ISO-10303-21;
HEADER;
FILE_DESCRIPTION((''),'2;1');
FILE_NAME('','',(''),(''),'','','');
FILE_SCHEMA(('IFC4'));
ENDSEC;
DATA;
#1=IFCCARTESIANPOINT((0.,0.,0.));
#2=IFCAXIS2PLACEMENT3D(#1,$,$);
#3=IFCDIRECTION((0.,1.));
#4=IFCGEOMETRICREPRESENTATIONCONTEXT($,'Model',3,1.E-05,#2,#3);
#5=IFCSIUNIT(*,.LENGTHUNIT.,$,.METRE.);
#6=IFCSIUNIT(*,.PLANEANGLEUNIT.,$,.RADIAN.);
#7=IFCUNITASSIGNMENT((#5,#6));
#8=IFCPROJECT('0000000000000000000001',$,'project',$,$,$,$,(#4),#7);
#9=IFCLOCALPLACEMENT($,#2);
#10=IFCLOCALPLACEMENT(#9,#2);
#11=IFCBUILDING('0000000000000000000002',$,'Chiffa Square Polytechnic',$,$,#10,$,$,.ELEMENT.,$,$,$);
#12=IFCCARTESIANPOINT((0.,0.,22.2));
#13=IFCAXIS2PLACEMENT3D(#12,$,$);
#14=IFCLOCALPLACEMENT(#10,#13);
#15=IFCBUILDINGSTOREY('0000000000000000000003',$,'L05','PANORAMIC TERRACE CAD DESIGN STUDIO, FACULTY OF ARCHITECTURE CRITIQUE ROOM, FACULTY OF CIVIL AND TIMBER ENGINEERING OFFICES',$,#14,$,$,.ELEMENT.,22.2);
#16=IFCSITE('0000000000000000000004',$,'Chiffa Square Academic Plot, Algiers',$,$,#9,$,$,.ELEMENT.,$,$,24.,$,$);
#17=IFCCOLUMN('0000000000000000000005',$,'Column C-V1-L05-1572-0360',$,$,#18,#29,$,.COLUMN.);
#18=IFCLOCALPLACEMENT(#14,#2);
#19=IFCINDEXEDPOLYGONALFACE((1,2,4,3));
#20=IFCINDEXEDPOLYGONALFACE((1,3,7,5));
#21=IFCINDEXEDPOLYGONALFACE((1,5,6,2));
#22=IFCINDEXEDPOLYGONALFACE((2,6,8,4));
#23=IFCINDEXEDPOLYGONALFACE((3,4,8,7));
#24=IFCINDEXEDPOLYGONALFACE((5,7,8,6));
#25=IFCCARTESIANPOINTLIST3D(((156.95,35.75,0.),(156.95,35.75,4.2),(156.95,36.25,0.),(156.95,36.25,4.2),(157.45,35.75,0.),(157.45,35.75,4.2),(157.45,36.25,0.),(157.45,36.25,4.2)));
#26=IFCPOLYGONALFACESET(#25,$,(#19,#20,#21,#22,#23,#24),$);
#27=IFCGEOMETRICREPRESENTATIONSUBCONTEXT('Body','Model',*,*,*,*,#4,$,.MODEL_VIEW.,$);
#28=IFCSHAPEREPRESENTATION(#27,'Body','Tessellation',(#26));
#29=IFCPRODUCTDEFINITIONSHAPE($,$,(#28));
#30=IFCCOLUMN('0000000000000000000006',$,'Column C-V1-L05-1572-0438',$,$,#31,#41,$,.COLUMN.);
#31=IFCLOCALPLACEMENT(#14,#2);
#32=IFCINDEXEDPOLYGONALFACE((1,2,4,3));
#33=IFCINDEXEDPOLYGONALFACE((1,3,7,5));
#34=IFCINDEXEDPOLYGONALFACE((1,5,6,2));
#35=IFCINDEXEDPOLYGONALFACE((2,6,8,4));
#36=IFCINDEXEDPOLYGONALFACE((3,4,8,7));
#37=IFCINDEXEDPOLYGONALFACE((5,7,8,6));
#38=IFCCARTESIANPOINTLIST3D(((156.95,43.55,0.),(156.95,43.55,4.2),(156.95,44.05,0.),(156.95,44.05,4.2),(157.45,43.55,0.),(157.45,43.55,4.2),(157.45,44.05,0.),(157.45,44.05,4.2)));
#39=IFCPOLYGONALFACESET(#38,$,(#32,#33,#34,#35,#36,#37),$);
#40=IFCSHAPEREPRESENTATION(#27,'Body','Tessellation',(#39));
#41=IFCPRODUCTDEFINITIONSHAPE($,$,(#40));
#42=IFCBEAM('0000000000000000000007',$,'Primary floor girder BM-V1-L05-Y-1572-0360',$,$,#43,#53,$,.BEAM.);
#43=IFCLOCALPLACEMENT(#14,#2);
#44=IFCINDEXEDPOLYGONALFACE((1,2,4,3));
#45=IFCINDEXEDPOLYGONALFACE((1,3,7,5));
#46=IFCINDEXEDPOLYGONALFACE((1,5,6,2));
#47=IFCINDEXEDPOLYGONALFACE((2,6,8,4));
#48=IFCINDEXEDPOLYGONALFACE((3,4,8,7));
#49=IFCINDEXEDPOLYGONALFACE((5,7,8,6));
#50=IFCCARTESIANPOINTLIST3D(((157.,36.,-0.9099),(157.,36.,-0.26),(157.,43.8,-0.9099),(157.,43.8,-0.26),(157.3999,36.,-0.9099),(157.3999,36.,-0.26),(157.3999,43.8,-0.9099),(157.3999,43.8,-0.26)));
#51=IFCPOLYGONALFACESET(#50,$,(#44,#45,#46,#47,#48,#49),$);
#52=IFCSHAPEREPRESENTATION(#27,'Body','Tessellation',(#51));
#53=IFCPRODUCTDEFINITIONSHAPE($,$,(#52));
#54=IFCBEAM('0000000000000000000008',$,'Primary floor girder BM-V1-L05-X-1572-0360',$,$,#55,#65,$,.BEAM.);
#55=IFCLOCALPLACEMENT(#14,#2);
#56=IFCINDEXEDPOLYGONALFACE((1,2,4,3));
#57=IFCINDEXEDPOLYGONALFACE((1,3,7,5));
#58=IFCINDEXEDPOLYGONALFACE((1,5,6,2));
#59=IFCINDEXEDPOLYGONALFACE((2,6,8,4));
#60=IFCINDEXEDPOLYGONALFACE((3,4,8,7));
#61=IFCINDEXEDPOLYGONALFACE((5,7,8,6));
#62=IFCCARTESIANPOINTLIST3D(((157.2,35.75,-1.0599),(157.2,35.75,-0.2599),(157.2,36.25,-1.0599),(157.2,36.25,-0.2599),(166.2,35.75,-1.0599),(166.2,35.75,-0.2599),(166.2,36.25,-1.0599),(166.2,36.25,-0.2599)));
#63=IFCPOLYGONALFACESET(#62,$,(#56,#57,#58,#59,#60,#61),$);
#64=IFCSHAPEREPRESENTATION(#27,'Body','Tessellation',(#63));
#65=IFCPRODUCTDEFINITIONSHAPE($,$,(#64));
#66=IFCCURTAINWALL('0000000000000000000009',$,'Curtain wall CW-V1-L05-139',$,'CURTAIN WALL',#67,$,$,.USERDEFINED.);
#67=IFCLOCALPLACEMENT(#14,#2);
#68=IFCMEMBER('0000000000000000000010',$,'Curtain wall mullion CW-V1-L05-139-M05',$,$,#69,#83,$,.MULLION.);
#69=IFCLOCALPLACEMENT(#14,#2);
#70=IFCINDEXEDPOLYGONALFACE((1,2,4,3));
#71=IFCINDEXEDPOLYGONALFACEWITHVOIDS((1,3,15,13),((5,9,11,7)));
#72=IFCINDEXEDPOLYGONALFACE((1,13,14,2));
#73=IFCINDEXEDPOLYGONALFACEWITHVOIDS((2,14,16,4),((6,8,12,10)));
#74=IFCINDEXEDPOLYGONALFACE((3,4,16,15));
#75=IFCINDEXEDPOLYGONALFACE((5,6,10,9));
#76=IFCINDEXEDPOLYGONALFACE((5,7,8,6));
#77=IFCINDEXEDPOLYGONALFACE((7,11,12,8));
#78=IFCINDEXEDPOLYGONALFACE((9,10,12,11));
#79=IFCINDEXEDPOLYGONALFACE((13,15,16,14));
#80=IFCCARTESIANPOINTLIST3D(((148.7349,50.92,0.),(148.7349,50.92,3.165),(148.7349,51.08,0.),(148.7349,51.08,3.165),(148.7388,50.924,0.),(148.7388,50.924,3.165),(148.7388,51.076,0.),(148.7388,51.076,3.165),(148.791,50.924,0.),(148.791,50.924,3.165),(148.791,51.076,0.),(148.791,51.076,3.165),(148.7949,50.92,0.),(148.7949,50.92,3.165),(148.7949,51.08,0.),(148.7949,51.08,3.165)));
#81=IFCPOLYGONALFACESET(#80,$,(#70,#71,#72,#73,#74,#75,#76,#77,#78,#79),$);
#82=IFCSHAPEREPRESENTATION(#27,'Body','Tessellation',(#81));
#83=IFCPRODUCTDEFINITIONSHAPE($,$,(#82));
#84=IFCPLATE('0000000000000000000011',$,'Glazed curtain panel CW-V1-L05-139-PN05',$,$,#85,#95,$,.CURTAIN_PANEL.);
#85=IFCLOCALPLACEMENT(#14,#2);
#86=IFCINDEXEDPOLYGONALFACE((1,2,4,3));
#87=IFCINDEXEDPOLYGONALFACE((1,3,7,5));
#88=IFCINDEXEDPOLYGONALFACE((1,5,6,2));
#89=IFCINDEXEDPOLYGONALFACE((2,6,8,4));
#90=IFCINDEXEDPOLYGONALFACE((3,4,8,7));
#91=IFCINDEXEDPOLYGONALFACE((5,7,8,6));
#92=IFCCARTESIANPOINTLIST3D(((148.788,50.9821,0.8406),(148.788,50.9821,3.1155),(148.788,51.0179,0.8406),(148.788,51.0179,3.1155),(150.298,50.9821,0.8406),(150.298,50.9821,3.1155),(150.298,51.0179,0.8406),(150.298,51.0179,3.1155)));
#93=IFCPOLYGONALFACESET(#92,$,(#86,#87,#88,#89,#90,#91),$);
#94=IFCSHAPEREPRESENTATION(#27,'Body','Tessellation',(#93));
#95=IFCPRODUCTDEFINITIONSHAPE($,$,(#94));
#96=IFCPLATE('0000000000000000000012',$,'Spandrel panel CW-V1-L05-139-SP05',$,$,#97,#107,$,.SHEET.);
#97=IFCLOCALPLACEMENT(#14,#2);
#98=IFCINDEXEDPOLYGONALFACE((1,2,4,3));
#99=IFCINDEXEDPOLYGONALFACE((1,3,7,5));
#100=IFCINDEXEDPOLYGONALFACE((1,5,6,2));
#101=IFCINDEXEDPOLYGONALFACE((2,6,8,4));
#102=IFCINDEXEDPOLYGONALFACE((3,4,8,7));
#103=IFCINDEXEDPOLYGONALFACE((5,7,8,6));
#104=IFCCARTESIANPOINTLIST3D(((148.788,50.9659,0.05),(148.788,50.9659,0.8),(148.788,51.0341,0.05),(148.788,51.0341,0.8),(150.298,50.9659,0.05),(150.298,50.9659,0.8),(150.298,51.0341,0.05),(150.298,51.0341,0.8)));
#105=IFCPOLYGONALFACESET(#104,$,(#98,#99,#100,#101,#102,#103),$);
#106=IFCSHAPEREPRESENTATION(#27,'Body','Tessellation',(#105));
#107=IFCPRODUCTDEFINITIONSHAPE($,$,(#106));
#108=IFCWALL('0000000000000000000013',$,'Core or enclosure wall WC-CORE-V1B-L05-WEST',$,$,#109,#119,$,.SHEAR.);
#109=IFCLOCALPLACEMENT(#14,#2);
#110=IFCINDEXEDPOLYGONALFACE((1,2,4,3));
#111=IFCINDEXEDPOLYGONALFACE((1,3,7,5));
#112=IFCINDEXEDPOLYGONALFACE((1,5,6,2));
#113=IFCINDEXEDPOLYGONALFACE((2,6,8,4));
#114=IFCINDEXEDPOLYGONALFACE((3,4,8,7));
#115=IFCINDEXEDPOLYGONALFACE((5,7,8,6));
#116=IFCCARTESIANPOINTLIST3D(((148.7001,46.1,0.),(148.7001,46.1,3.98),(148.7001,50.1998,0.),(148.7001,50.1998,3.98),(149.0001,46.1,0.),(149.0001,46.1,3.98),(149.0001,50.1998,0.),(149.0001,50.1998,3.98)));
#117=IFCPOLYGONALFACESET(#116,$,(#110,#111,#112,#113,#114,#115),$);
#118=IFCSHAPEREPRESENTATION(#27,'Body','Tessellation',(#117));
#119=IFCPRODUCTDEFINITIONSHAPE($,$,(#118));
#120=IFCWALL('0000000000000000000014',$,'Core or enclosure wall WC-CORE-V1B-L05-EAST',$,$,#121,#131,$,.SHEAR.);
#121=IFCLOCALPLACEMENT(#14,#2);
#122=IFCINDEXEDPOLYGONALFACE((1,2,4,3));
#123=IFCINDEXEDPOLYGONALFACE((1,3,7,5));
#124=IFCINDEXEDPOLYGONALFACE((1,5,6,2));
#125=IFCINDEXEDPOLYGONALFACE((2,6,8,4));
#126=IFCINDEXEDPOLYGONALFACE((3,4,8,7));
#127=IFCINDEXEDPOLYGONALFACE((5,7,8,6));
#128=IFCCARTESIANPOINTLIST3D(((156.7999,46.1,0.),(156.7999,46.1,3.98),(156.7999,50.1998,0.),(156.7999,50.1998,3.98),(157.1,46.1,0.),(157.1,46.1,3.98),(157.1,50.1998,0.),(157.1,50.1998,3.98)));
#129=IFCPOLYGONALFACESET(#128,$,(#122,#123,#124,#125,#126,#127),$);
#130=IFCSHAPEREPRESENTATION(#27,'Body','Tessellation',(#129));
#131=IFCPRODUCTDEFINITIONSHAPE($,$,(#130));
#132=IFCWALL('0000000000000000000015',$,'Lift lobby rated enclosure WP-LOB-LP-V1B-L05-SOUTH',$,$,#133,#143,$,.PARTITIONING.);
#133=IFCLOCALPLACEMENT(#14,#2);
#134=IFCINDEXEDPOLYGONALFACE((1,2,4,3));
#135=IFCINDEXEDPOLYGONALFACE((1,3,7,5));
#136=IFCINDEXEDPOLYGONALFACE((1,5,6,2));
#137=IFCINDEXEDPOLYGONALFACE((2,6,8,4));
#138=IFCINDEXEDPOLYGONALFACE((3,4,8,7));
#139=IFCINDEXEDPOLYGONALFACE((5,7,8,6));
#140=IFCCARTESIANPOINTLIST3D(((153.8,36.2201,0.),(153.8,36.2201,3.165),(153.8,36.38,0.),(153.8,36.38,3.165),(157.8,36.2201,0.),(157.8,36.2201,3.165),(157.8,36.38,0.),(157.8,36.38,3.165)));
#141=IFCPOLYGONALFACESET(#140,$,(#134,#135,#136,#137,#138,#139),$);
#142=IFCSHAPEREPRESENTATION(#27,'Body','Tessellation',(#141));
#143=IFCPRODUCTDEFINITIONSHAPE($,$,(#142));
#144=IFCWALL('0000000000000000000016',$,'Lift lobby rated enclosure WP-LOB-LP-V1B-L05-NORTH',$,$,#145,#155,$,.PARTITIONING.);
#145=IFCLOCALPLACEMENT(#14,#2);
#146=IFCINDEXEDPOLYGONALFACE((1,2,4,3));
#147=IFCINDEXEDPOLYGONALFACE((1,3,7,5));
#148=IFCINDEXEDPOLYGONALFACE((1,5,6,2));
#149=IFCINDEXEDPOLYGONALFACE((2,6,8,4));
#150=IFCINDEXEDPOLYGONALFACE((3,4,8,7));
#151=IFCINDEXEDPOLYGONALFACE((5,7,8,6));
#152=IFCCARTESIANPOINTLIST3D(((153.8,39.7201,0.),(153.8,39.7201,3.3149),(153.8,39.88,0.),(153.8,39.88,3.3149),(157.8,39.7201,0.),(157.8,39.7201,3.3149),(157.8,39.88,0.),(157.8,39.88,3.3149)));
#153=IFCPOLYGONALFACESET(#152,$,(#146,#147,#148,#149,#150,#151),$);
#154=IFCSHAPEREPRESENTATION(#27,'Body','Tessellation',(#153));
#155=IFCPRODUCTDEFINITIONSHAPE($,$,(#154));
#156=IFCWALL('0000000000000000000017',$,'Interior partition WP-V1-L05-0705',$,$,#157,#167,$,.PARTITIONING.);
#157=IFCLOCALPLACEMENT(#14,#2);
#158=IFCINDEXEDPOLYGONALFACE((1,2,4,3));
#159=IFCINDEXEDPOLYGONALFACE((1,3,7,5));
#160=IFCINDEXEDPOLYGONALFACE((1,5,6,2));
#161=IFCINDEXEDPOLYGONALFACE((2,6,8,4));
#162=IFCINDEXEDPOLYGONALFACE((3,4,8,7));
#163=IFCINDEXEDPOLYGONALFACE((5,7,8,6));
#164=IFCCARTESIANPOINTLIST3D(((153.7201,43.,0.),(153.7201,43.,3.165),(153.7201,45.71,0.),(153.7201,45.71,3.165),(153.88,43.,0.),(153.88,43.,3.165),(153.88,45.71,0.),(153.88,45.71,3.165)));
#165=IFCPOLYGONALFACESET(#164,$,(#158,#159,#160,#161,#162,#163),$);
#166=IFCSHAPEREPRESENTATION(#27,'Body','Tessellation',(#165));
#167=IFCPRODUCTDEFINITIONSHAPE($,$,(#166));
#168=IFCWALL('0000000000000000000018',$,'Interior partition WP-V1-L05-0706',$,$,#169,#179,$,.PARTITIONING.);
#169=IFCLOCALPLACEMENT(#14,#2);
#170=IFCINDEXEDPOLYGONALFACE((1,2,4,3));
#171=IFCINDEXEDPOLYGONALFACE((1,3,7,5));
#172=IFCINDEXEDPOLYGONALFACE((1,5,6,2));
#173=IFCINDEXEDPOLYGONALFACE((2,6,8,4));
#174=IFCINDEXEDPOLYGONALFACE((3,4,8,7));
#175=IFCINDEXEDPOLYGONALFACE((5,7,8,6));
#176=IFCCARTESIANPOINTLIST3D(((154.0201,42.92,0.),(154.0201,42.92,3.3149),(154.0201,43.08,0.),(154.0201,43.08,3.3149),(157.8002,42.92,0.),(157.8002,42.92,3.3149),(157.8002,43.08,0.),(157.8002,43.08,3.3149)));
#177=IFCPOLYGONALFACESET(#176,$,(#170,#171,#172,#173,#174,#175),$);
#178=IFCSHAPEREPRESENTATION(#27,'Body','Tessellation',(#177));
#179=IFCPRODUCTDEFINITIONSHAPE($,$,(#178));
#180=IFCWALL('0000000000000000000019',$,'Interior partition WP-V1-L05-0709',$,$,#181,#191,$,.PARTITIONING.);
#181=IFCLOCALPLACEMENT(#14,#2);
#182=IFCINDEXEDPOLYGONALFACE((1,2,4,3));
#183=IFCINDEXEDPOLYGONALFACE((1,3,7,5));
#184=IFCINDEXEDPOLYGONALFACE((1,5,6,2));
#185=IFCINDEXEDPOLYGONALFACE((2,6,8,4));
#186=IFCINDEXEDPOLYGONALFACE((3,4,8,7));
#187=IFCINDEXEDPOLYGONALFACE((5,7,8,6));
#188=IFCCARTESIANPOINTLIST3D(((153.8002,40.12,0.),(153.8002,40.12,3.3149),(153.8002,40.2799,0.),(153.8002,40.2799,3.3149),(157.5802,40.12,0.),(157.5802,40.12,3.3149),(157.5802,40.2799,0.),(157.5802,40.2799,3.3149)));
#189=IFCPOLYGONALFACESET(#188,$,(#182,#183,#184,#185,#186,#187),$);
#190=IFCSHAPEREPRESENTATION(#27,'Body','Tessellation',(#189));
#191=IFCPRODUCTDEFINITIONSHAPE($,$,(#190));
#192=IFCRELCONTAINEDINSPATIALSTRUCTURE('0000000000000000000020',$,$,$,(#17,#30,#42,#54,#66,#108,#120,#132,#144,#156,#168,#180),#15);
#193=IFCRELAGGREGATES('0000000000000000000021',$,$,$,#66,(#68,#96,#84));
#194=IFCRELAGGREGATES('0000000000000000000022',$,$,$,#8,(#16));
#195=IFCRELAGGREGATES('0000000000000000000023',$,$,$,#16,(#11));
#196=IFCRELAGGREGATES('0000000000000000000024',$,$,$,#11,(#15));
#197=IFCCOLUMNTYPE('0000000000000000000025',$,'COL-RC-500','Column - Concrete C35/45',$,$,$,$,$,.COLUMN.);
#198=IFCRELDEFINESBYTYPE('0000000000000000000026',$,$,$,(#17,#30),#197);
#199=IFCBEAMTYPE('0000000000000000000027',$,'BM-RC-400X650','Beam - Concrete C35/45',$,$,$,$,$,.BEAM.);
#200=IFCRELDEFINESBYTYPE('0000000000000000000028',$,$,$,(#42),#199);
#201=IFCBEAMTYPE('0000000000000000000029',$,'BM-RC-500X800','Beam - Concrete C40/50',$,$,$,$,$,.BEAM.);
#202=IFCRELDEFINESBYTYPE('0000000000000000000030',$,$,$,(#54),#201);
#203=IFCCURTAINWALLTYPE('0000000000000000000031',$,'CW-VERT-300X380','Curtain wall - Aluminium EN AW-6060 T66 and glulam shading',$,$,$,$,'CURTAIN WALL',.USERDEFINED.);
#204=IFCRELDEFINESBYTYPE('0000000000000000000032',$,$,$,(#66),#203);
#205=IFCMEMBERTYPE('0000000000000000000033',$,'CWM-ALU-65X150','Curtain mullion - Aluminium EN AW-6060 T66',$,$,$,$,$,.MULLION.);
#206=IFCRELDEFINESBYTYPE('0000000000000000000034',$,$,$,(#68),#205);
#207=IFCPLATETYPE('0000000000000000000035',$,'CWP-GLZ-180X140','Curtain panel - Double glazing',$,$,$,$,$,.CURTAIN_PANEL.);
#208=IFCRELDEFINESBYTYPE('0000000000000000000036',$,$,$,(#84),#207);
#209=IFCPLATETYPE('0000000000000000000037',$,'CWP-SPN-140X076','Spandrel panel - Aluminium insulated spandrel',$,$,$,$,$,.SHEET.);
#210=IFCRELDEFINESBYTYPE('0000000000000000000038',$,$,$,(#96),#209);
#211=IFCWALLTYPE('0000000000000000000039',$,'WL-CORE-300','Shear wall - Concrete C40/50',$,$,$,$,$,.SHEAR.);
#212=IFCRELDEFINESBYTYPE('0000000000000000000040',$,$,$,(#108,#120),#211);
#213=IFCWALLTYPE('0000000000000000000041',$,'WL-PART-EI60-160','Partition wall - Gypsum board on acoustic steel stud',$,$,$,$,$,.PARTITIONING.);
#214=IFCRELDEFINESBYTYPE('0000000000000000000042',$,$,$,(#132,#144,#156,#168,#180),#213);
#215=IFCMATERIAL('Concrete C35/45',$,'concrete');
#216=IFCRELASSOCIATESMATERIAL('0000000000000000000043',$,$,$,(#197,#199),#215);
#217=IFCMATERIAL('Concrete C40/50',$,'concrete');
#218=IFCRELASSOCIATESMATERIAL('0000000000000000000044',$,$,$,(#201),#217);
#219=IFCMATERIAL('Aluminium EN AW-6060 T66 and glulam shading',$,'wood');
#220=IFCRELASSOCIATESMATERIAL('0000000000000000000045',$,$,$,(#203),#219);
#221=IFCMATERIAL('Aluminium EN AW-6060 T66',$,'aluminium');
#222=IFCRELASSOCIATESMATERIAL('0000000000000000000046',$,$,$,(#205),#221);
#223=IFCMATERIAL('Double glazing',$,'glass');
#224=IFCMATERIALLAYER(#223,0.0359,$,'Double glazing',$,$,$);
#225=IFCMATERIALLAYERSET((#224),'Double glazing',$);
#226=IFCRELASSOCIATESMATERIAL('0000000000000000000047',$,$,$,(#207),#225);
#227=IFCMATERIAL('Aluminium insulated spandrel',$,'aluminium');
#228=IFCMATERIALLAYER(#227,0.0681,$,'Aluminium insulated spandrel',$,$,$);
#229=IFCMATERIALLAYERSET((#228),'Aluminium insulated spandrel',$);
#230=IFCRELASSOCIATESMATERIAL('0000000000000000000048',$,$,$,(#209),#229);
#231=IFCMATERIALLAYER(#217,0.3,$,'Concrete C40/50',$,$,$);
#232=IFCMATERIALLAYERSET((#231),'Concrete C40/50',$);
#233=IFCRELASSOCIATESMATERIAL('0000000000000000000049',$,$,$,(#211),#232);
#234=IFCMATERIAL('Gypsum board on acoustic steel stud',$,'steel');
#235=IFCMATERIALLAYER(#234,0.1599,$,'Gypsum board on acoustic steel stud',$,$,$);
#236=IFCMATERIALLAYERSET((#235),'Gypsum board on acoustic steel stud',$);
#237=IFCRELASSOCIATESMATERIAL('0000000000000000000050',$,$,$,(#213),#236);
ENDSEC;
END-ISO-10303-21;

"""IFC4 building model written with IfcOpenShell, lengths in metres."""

from ifc_helpers import new_model, si_unit, direction, frame, frame_2d, origin, origin_2d, place, context, subcontext, project, spatial, rectangle, hollow_rectangle, extrude, material, layer, layer_set, material_profile, profile_set, type_object, element, aggregate, save


model = new_model("IFC4")

# Units and contexts
model_context = context("Model", 3, precision=1e-05, world=origin(), true_north=direction((0.0, 1.0)))
body_context = subcontext(model_context, "Body", "Model", "MODEL_VIEW")
ifc_project = project(units=[si_unit("LENGTHUNIT", "METRE"), si_unit("PLANEANGLEUNIT", "RADIAN")], contexts=[model_context])

# Site, building, storey
site_placement = place(None, origin())
site = spatial("IfcSite", under=ifc_project, at=site_placement, Name="Chiffa Square Academic Plot, Algiers", CompositionType="ELEMENT", RefElevation=24.0)
building_placement = place(site_placement, origin())
building = spatial("IfcBuilding", under=site, at=building_placement, Name="Chiffa Square Polytechnic", CompositionType="ELEMENT")
storey_placement = place(building_placement, frame((0.0, 0.0, 22.2)))
storey = spatial("IfcBuildingStorey", under=building, at=storey_placement, Name="L05", Description="PANORAMIC TERRACE CAD DESIGN STUDIO, FACULTY OF ARCHITECTURE CRITIQUE ROOM, FACULTY OF CIVIL AND TIMBER ENGINEERING OFFICES", CompositionType="ELEMENT", Elevation=22.2)

# Columns
ifc_material_1 = material(Name="Concrete C35/45", Category="concrete")
ifc_material_profile_1 = material_profile(ifc_material_1, rectangle(XDim=0.5, YDim=0.5, at=origin_2d()), Name="RC 500x500")
ifc_profile_set_1 = profile_set([ifc_material_profile_1], Name="Concrete C35/45")
column_type = type_object("IfcColumnType", Name="COL-RC-500", Description="Column - Concrete C35/45", PredefinedType="COLUMN", material=ifc_profile_set_1)
for number, where, z_axis, x_axis, name in (
    (1, (157.2, 36.0, 0.0), (0.0, 0.0, 1.0), (1.0, 0.0, 0.0), "Column C-V1-L05-1572-0360"),
    (2, (157.2, 43.8, 0.0), (0.0, 0.0, 1.0), (1.0, 0.0, 0.0), "Column C-V1-L05-1572-0438"),
):
    element("IfcColumn", number, at=place(storey_placement, frame(where, z_axis=z_axis, x_axis=x_axis)), inside=storey, type_object=column_type, Name=name, PredefinedType="COLUMN", context=body_context, shape_type="SweptSolid", body=[
        extrude(rectangle(XDim=0.5, YDim=0.5, at=origin_2d()), origin(), (0.0, 0.0, 1.0), 4.2),
    ])

# Beams
ifc_material_profile_2 = material_profile(ifc_material_1, rectangle(XDim=0.3999, YDim=0.6499, at=origin_2d()), Name="RC 400x650")
ifc_profile_set_2 = profile_set([ifc_material_profile_2], Name="Concrete C35/45")
beam_type_1 = type_object("IfcBeamType", Name="BM-RC-400X650", Description="Beam - Concrete C35/45", PredefinedType="BEAM", material=ifc_profile_set_2)
beam_1_placement = place(storey_placement, frame((157.2, 36.0, -0.585), z_axis=(0.0, 1.0, 0.0), x_axis=(-1.0, 0.0, 0.0)))
element("IfcBeam", 3, at=beam_1_placement, inside=storey, type_object=beam_type_1, Name="Primary floor girder BM-V1-L05-Y-1572-0360", PredefinedType="BEAM", context=body_context, shape_type="SweptSolid", body=[
    extrude(rectangle(XDim=0.3999, YDim=0.6499, at=origin_2d()), origin(), (0.0, 0.0, 1.0), 7.8),
])
ifc_material_2 = material(Name="Concrete C40/50", Category="concrete")
ifc_material_profile_3 = material_profile(ifc_material_2, rectangle(XDim=0.5, YDim=0.8, at=origin_2d()), Name="RC 500x800")
ifc_profile_set_3 = profile_set([ifc_material_profile_3], Name="Concrete C40/50")
beam_type_2 = type_object("IfcBeamType", Name="BM-RC-500X800", Description="Beam - Concrete C40/50", PredefinedType="BEAM", material=ifc_profile_set_3)
beam_2_placement = place(storey_placement, frame((157.2, 36.0, -0.6599), z_axis=(1.0, 0.0, 0.0), x_axis=(0.0, 1.0, 0.0)))
element("IfcBeam", 4, at=beam_2_placement, inside=storey, type_object=beam_type_2, Name="Primary floor girder BM-V1-L05-X-1572-0360", PredefinedType="BEAM", context=body_context, shape_type="SweptSolid", body=[
    extrude(rectangle(XDim=0.5, YDim=0.8, at=origin_2d()), origin(), (0.0, 0.0, 1.0), 9.0),
])

# Curtain wall, member, plates
ifc_material_3 = material(Name="Aluminium EN AW-6060 T66 and glulam shading", Category="wood")
curtain_wall_type = type_object("IfcCurtainWallType", Name="CW-VERT-300X380", Description="Curtain wall - Aluminium EN AW-6060 T66 and glulam shading", ElementType="CURTAIN WALL", PredefinedType="USERDEFINED", material=ifc_material_3)
curtain_wall_placement = place(storey_placement, origin())
curtain_wall = element("IfcCurtainWall", 5, at=curtain_wall_placement, inside=storey, type_object=curtain_wall_type, Name="Curtain wall CW-V1-L05-139", ObjectType="CURTAIN WALL", PredefinedType="USERDEFINED")
ifc_material_4 = material(Name="Aluminium EN AW-6060 T66", Category="aluminium")
ifc_material_profile_4 = material_profile(ifc_material_4, hollow_rectangle(XDim=0.0601, YDim=0.1599, WallThickness=0.0039, at=origin_2d()), Name="ALU 60x160x4")
ifc_profile_set_4 = profile_set([ifc_material_profile_4], Name="Aluminium EN AW-6060 T66")
member_type = type_object("IfcMemberType", Name="CWM-ALU-65X150", Description="Curtain mullion - Aluminium EN AW-6060 T66", PredefinedType="MULLION", material=ifc_profile_set_4)
member_placement = place(storey_placement, frame((148.7649, 51.0, 0.0), z_axis=(0.0, 0.0, 1.0), x_axis=(1.0, 0.0, 0.0)))
member = element("IfcMember", 6, at=member_placement, type_object=member_type, Name="Curtain wall mullion CW-V1-L05-139-M05", PredefinedType="MULLION", context=body_context, shape_type="SweptSolid", body=[
    extrude(hollow_rectangle(XDim=0.0601, YDim=0.1599, WallThickness=0.0039, at=origin_2d()), origin(), (0.0, 0.0, 1.0), 3.165),
])
ifc_material_5 = material(Name="Double glazing", Category="glass")
ifc_layer_1 = layer(ifc_material_5, 0.0359, Name="Double glazing")
ifc_layer_set_1 = layer_set([ifc_layer_1], Name="Double glazing")
plate_type_1 = type_object("IfcPlateType", Name="CWP-GLZ-180X140", Description="Curtain panel - Double glazing", PredefinedType="CURTAIN_PANEL", material=ifc_layer_set_1)
plate_1_placement = place(storey_placement, frame((149.543, 51.0, 0.8406), z_axis=(0.0, 0.0, 1.0), x_axis=(-1.0, 0.0, 0.0)))
plate_1 = element("IfcPlate", 7, at=plate_1_placement, type_object=plate_type_1, Name="Glazed curtain panel CW-V1-L05-139-PN05", PredefinedType="CURTAIN_PANEL", context=body_context, shape_type="SweptSolid", body=[
    extrude(rectangle(XDim=1.51, YDim=0.0359, at=origin_2d()), origin(), (0.0, 0.0, 1.0), 2.2749),
])
ifc_material_6 = material(Name="Aluminium insulated spandrel", Category="aluminium")
ifc_layer_2 = layer(ifc_material_6, 0.0681, Name="Aluminium insulated spandrel")
ifc_layer_set_2 = layer_set([ifc_layer_2], Name="Aluminium insulated spandrel")
plate_type_2 = type_object("IfcPlateType", Name="CWP-SPN-140X076", Description="Spandrel panel - Aluminium insulated spandrel", PredefinedType="SHEET", material=ifc_layer_set_2)
plate_2_placement = place(storey_placement, frame((149.543, 51.0, 0.05), z_axis=(0.0, 0.0, 1.0), x_axis=(-1.0, 0.0, 0.0)))
plate_2 = element("IfcPlate", 8, at=plate_2_placement, type_object=plate_type_2, Name="Spandrel panel CW-V1-L05-139-SP05", PredefinedType="SHEET", context=body_context, shape_type="SweptSolid", body=[
    extrude(rectangle(XDim=1.51, YDim=0.0681, at=origin_2d()), origin(), (0.0, 0.0, 1.0), 0.75),
])
aggregate(curtain_wall, [member, plate_2, plate_1])

# Walls
ifc_layer_3 = layer(ifc_material_2, 0.3, Name="Concrete C40/50")
ifc_layer_set_3 = layer_set([ifc_layer_3], Name="Concrete C40/50")
wall_type_1 = type_object("IfcWallType", Name="WL-CORE-300", Description="Shear wall - Concrete C40/50", PredefinedType="SHEAR", material=ifc_layer_set_3)
for number, where, z_axis, x_axis, name in (
    (9, (148.8501, 46.1001, 0.0), (0.0, 0.0, 1.0), (0.0, 1.0, 0.0), "Core or enclosure wall WC-CORE-V1B-L05-WEST"),
    (10, (156.95, 46.1001, 0.0), (0.0, 0.0, 1.0), (0.0, 1.0, 0.0), "Core or enclosure wall WC-CORE-V1B-L05-EAST"),
):
    element("IfcWall", number, at=place(storey_placement, frame(where, z_axis=z_axis, x_axis=x_axis)), inside=storey, type_object=wall_type_1, Name=name, PredefinedType="SHEAR", context=body_context, shape_type="SweptSolid", body=[
        extrude(rectangle(XDim=4.0999, YDim=0.3, at=frame_2d((2.0498, 0.0))), origin(), (0.0, 0.0, 1.0), 3.98),
    ])
ifc_material_7 = material(Name="Gypsum board on acoustic steel stud", Category="steel")
ifc_layer_4 = layer(ifc_material_7, 0.1599, Name="Gypsum board on acoustic steel stud")
ifc_layer_set_4 = layer_set([ifc_layer_4], Name="Gypsum board on acoustic steel stud")
wall_type_2 = type_object("IfcWallType", Name="WL-PART-EI60-160", Description="Partition wall - Gypsum board on acoustic steel stud", PredefinedType="PARTITIONING", material=ifc_layer_set_4)
wall_1_placement = place(storey_placement, frame((153.8, 36.3, 0.0), z_axis=(0.0, 0.0, 1.0), x_axis=(1.0, 0.0, 0.0)))
element("IfcWall", 11, at=wall_1_placement, inside=storey, type_object=wall_type_2, Name="Lift lobby rated enclosure WP-LOB-LP-V1B-L05-SOUTH", PredefinedType="PARTITIONING", context=body_context, shape_type="SweptSolid", body=[
    extrude(rectangle(XDim=4.0, YDim=0.1599, at=frame_2d((2.0, 0.0))), origin(), (0.0, 0.0, 1.0), 3.165),
])
wall_2_placement = place(storey_placement, frame((153.8, 39.8, 0.0), z_axis=(0.0, 0.0, 1.0), x_axis=(1.0, 0.0, 0.0)))
element("IfcWall", 12, at=wall_2_placement, inside=storey, type_object=wall_type_2, Name="Lift lobby rated enclosure WP-LOB-LP-V1B-L05-NORTH", PredefinedType="PARTITIONING", context=body_context, shape_type="SweptSolid", body=[
    extrude(rectangle(XDim=4.0, YDim=0.1599, at=frame_2d((2.0, 0.0))), origin(), (0.0, 0.0, 1.0), 3.3149),
])

# Walls
wall_3_placement = place(storey_placement, frame((153.8, 43.0, 0.0), z_axis=(0.0, 0.0, 1.0), x_axis=(0.0, 1.0, 0.0)))
element("IfcWall", 13, at=wall_3_placement, inside=storey, type_object=wall_type_2, Name="Interior partition WP-V1-L05-0705", PredefinedType="PARTITIONING", context=body_context, shape_type="SweptSolid", body=[
    extrude(rectangle(XDim=2.71, YDim=0.1599, at=frame_2d((1.355, 0.0))), origin(), (0.0, 0.0, 1.0), 3.165),
])
for number, where, z_axis, x_axis, name in (
    (14, (154.02, 43.0, 0.0), (0.0, 0.0, 1.0), (1.0, 0.0, 0.0), "Interior partition WP-V1-L05-0706"),
    (15, (153.8, 40.2, 0.0), (0.0, 0.0, 1.0), (1.0, 0.0, 0.0), "Interior partition WP-V1-L05-0709"),
):
    element("IfcWall", number, at=place(storey_placement, frame(where, z_axis=z_axis, x_axis=x_axis)), inside=storey, type_object=wall_type_2, Name=name, PredefinedType="PARTITIONING", context=body_context, shape_type="SweptSolid", body=[
        extrude(rectangle(XDim=3.78, YDim=0.1599, at=frame_2d((1.8901, 0.0))), origin(), (0.0, 0.0, 1.0), 3.3149),
    ])

save(model, "model.ifc")
